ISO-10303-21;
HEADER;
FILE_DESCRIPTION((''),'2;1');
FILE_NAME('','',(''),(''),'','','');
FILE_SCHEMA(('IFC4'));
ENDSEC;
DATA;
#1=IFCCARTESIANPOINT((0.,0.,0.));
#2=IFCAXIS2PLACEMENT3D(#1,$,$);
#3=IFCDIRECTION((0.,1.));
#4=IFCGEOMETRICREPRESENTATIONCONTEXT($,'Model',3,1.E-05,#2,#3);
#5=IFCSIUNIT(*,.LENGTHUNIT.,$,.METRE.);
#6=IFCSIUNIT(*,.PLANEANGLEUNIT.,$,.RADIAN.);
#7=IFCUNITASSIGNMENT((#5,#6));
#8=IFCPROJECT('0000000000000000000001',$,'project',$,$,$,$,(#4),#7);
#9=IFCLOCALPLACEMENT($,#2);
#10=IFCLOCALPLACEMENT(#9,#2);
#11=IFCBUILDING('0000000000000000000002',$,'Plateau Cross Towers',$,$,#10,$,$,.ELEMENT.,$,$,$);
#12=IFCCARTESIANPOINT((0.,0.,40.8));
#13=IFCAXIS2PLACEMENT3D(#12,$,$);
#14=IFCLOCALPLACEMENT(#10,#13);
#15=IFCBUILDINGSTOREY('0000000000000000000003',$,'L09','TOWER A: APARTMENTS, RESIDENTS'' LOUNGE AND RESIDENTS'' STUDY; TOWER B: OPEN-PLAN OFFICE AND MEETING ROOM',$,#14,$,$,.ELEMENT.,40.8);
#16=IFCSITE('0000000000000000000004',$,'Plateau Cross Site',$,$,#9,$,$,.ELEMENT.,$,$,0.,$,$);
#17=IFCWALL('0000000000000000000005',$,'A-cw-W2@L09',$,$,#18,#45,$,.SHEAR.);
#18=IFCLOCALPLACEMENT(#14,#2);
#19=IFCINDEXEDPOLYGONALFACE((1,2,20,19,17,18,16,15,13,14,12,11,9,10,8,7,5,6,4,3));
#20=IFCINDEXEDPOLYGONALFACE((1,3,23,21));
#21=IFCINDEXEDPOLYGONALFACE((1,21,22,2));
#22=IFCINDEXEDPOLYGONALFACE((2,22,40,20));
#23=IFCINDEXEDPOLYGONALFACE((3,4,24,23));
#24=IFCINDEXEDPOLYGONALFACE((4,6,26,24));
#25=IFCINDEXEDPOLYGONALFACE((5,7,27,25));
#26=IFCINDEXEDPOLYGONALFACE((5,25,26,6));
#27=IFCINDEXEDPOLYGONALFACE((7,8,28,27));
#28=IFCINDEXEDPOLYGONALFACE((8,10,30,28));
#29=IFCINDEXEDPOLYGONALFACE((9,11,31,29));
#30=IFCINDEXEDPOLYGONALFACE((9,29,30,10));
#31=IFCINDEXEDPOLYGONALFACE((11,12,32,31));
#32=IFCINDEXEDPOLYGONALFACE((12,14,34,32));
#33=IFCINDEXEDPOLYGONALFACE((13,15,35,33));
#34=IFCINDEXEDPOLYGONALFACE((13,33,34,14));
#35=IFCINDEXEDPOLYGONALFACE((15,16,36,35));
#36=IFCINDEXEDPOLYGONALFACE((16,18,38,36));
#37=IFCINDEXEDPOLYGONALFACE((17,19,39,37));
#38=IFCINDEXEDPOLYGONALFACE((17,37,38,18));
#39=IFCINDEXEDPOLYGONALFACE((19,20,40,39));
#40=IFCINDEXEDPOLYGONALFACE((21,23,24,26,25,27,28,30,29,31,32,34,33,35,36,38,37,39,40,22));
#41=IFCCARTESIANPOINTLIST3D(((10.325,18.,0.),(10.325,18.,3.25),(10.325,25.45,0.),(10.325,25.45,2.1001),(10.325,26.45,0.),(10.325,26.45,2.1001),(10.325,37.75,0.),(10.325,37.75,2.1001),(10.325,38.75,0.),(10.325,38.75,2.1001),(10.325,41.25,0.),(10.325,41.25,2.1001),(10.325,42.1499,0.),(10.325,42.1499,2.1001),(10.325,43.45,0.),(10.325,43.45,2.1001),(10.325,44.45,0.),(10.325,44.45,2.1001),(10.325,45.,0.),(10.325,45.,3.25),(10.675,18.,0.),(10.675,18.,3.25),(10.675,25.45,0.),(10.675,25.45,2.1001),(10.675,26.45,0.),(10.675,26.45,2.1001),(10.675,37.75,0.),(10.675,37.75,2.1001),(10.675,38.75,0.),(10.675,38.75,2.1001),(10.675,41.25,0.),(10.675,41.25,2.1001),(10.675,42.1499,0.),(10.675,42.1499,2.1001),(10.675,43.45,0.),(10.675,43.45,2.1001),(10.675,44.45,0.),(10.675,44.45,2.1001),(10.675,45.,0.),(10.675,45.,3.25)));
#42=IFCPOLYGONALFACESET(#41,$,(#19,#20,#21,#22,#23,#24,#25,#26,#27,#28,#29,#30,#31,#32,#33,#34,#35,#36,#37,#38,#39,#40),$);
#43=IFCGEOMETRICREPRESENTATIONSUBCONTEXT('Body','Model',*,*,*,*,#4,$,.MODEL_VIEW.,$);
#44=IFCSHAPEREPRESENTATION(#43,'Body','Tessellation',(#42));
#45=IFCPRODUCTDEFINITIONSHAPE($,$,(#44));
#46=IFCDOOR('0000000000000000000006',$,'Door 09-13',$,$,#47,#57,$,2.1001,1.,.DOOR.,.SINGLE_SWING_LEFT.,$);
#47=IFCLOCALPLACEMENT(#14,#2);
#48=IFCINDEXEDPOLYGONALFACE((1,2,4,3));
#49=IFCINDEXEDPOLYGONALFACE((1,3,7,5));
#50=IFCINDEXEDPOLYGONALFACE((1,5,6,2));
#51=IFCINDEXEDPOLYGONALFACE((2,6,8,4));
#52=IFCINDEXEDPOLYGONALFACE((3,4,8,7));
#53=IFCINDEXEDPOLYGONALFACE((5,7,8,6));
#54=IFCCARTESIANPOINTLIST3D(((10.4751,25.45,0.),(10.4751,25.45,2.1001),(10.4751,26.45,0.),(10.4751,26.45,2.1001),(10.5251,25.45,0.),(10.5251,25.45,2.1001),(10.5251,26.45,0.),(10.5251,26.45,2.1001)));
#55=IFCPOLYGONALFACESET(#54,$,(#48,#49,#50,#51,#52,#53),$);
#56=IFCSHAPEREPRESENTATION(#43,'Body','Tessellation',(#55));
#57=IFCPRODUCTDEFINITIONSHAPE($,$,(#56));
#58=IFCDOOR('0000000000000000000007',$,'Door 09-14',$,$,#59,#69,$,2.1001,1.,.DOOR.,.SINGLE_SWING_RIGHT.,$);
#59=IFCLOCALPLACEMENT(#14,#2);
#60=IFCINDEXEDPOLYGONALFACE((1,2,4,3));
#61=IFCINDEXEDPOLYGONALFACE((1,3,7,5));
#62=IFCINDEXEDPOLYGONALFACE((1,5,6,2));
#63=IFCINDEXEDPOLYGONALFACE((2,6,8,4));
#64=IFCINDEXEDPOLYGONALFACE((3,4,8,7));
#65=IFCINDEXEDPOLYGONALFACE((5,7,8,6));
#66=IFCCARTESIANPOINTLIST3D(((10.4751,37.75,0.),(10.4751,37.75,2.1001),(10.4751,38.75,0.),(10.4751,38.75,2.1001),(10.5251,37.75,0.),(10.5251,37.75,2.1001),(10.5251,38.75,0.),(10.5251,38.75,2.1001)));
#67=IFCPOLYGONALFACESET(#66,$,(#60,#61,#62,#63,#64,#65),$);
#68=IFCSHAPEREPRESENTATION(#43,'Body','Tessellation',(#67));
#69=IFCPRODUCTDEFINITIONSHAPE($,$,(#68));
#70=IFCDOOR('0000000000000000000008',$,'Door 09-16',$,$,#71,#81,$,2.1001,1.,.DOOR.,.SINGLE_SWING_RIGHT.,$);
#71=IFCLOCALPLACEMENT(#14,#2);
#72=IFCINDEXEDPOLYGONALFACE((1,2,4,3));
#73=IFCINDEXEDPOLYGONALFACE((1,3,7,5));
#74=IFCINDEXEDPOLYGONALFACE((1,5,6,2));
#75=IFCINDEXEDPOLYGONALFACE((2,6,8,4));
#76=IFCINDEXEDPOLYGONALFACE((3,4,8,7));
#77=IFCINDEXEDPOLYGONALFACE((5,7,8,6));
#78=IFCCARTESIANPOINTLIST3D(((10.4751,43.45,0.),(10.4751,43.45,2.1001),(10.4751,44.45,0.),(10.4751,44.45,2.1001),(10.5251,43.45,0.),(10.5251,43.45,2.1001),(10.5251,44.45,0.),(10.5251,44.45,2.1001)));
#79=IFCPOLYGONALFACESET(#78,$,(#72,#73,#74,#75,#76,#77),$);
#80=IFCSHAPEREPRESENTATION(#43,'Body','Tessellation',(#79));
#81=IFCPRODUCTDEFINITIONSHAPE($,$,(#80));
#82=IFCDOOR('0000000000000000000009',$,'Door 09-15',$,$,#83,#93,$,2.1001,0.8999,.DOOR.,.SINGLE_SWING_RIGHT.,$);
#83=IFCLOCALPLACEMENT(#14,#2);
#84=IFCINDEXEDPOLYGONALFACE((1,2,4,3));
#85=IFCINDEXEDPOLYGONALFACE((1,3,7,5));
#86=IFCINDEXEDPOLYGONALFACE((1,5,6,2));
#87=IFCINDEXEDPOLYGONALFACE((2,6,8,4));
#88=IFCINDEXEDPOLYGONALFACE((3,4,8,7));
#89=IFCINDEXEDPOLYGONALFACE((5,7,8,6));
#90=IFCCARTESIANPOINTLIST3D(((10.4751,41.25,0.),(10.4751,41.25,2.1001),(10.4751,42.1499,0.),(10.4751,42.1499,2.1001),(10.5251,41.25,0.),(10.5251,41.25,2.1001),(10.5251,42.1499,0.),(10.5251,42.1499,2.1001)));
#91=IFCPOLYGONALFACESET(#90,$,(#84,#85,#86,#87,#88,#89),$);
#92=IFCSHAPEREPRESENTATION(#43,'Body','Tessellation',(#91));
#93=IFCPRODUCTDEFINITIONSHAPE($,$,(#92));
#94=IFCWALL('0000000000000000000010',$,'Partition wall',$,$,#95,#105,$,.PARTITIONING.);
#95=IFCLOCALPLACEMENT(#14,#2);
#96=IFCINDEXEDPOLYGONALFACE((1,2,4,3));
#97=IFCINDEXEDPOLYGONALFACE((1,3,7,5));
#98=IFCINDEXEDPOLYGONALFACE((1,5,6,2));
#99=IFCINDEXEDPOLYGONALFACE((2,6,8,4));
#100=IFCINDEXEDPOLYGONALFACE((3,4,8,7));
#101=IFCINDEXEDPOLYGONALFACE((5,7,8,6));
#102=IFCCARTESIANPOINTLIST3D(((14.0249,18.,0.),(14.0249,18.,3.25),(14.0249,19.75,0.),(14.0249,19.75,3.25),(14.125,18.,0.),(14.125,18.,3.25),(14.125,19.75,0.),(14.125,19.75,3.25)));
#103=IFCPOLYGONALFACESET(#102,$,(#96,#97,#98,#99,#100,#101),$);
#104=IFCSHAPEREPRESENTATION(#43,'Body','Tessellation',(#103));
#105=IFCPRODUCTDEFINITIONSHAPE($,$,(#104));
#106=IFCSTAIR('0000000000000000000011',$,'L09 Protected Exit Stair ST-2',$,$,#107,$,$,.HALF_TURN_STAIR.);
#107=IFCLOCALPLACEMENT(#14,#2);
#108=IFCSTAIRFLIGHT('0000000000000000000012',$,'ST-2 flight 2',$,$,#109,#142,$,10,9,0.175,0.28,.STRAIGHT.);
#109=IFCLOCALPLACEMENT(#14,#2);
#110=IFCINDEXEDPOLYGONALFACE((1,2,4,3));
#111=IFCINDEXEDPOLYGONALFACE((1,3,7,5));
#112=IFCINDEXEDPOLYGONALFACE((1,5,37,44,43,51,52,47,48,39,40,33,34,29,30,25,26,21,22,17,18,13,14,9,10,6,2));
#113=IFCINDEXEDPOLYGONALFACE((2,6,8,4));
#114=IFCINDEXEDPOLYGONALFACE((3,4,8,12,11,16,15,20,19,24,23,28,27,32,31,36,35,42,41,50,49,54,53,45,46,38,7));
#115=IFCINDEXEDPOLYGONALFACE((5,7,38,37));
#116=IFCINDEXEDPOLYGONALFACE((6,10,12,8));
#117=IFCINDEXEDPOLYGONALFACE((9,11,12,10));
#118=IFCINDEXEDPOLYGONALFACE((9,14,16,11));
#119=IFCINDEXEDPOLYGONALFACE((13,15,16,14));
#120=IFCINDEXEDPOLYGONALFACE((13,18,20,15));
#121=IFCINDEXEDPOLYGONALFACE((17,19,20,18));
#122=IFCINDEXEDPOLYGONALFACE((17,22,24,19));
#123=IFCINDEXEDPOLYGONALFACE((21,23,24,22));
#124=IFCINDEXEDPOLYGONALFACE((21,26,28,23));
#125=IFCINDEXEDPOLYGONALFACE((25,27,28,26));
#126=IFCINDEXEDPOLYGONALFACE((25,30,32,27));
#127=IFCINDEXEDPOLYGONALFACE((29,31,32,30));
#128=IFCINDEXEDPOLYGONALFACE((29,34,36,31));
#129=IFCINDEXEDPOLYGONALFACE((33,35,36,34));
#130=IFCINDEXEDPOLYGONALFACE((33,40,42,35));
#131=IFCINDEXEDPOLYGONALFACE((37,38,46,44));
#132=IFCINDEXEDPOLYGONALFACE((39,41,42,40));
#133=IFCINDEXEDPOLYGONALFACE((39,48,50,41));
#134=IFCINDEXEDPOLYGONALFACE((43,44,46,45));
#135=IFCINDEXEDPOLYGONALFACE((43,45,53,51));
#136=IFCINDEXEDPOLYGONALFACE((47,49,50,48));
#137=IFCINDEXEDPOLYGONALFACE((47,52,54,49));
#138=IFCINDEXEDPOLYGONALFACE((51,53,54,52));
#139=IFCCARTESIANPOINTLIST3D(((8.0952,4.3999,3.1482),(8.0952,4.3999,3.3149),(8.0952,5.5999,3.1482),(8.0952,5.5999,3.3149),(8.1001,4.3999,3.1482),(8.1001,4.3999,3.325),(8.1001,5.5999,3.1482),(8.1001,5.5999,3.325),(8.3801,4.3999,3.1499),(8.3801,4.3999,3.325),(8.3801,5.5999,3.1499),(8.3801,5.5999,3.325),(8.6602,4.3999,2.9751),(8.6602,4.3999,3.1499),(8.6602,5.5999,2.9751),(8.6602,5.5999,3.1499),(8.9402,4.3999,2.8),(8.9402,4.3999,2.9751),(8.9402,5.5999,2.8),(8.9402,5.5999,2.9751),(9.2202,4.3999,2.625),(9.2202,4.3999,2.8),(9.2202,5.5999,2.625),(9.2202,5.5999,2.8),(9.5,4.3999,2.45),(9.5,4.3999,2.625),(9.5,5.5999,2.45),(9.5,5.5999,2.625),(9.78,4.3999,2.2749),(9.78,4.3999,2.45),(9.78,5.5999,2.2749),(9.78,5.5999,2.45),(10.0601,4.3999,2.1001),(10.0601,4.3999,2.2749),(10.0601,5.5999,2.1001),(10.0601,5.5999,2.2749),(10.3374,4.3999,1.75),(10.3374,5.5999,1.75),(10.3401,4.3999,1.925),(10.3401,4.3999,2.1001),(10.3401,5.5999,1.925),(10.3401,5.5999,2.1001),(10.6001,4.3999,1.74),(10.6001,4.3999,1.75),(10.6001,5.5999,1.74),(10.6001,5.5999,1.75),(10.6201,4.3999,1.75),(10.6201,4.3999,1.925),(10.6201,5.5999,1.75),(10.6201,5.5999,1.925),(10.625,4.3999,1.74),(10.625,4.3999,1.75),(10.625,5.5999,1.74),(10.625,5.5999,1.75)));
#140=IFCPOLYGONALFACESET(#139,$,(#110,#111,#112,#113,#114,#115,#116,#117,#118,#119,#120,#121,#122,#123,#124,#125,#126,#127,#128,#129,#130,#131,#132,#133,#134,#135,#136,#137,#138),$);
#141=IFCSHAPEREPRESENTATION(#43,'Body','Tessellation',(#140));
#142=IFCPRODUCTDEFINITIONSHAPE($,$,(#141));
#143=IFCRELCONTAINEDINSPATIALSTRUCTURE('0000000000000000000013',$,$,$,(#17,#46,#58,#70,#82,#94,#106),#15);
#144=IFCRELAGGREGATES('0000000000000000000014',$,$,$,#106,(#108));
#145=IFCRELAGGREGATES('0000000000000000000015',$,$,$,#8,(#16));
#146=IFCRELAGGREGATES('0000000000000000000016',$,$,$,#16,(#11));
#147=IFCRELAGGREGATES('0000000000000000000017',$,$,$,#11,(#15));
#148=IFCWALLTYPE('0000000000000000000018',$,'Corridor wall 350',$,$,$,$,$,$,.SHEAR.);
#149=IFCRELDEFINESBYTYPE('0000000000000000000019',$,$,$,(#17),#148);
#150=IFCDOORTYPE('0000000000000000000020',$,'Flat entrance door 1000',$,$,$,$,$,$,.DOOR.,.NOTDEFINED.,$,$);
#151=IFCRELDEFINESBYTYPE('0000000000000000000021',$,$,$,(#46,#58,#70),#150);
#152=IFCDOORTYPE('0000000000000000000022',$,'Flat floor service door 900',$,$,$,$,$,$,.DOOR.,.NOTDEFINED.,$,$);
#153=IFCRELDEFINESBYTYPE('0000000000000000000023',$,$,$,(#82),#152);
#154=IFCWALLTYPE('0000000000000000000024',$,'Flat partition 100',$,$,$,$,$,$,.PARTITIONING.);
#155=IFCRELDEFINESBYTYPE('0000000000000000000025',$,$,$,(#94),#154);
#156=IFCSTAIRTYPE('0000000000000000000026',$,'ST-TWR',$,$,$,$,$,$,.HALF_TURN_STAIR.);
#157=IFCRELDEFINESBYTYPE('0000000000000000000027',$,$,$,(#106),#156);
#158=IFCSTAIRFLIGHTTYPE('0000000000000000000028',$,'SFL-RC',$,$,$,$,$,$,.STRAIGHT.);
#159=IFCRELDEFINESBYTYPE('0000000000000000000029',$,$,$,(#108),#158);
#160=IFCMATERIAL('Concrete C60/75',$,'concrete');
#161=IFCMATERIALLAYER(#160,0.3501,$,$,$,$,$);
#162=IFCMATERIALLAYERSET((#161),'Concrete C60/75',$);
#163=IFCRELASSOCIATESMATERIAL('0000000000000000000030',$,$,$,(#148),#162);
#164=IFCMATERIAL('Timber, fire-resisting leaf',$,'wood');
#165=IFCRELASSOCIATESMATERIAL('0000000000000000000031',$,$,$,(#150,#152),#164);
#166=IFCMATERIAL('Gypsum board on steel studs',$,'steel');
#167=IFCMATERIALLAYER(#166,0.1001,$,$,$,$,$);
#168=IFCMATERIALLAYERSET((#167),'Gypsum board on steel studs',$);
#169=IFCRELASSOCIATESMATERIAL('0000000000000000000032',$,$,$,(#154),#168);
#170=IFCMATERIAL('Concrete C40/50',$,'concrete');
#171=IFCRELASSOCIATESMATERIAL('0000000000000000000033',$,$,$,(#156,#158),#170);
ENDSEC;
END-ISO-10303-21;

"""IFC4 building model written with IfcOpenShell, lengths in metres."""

from ifc_helpers import new_model, si_unit, direction, frame, frame_2d, origin, place, context, subcontext, project, spatial, polyline, rectangle, outline, extrude, material, layer, layer_set, type_object, element, fill, aggregate, save


model = new_model("IFC4")

# Units and contexts
model_context = context("Model", 3, precision=1e-05, world=origin(), true_north=direction((0.0, 1.0)))
body_context = subcontext(model_context, "Body", "Model", "MODEL_VIEW")
ifc_project = project(units=[si_unit("LENGTHUNIT", "METRE"), si_unit("PLANEANGLEUNIT", "RADIAN")], contexts=[model_context])

# Site, building, storey
site_placement = place(None, origin())
site = spatial("IfcSite", under=ifc_project, at=site_placement, Name="Plateau Cross Site", CompositionType="ELEMENT", RefElevation=0.0)
building_placement = place(site_placement, origin())
building = spatial("IfcBuilding", under=site, at=building_placement, Name="Plateau Cross Towers", CompositionType="ELEMENT")
storey_placement = place(building_placement, frame((0.0, 0.0, 40.8)))
storey = spatial("IfcBuildingStorey", under=building, at=storey_placement, Name="L09", Description="TOWER A: APARTMENTS, RESIDENTS' LOUNGE AND RESIDENTS' STUDY; TOWER B: OPEN-PLAN OFFICE AND MEETING ROOM", CompositionType="ELEMENT", Elevation=40.8)

# Shared definitions
ifc_material_1 = material(Name="Concrete C60/75", Category="concrete")

# Shared definitions
ifc_material_2 = material(Name="Timber, fire-resisting leaf", Category="wood")

# Wall, openings, doors
ifc_layer_1 = layer(ifc_material_1, 0.3501)
ifc_layer_set_1 = layer_set([ifc_layer_1], Name="Concrete C60/75")
wall_type_1 = type_object("IfcWallType", Name="Corridor wall 350", PredefinedType="SHEAR", material=ifc_layer_set_1)
door_type_1 = type_object("IfcDoorType", Name="Flat entrance door 1000", OperationType="NOTDEFINED", PredefinedType="DOOR", material=ifc_material_2)
wall_1_placement = place(storey_placement, frame((10.5, 18.0, 0.0), z_axis=(0.0, 0.0, 1.0), x_axis=(0.0, 1.0, 0.0)))
wall_1 = element("IfcWall", 1, at=wall_1_placement, inside=storey, type_object=wall_type_1, Name="A-cw-W2@L09", PredefinedType="SHEAR", context=body_context, shape_type="SweptSolid", body=[
    extrude(rectangle(XDim=27.0, YDim=0.3501, at=frame_2d((13.5, 0.0))), origin(), (0.0, 0.0, 1.0), 3.25),
])
opening_1_placement = place(wall_1_placement, frame((7.45, 0.0, 0.0)))
opening_1 = element("IfcOpeningElement", 2, at=opening_1_placement, cuts=wall_1, PredefinedType="OPENING", context=body_context, shape_type="SweptSolid", body=[
    extrude(rectangle(XDim=1.0, YDim=2.1001, at=frame_2d((0.5, 1.05))), frame((0.0, 0.1851, 0.0), z_axis=(0.0, -1.0, 0.0), x_axis=(1.0, 0.0, 0.0)), (0.0, 0.0, 1.0), 0.3701),
])
opening_2_placement = place(wall_1_placement, frame((19.75, 0.0, 0.0)))
opening_2 = element("IfcOpeningElement", 3, at=opening_2_placement, cuts=wall_1, PredefinedType="OPENING", context=body_context, shape_type="SweptSolid", body=[
    extrude(rectangle(XDim=1.0, YDim=2.1001, at=frame_2d((0.5, 1.05))), frame((0.0, 0.1851, 0.0), z_axis=(0.0, -1.0, 0.0), x_axis=(1.0, 0.0, 0.0)), (0.0, 0.0, 1.0), 0.3701),
])
opening_3_placement = place(wall_1_placement, frame((23.25, 0.0, 0.0)))
opening_3 = element("IfcOpeningElement", 4, at=opening_3_placement, cuts=wall_1, PredefinedType="OPENING", context=body_context, shape_type="SweptSolid", body=[
    extrude(rectangle(XDim=0.8999, YDim=2.1001, at=frame_2d((0.45, 1.05))), frame((0.0, 0.1851, 0.0), z_axis=(0.0, -1.0, 0.0), x_axis=(1.0, 0.0, 0.0)), (0.0, 0.0, 1.0), 0.3701),
])
opening_4_placement = place(wall_1_placement, frame((25.45, 0.0, 0.0)))
opening_4 = element("IfcOpeningElement", 5, at=opening_4_placement, cuts=wall_1, PredefinedType="OPENING", context=body_context, shape_type="SweptSolid", body=[
    extrude(rectangle(XDim=1.0, YDim=2.1001, at=frame_2d((0.5, 1.05))), frame((0.0, 0.1851, 0.0), z_axis=(0.0, -1.0, 0.0), x_axis=(1.0, 0.0, 0.0)), (0.0, 0.0, 1.0), 0.3701),
])
door_1_placement = place(opening_1_placement, origin())
door_1 = element("IfcDoor", 6, at=door_1_placement, inside=storey, type_object=door_type_1, Name="Door 09-13", OperationType="SINGLE_SWING_LEFT", OverallHeight=2.1001, OverallWidth=1.0, PredefinedType="DOOR", context=body_context, shape_type="SweptSolid", body=[
    extrude(rectangle(XDim=1.0, YDim=2.1001, at=frame_2d((0.5, 1.05))), frame((0.0, 0.0249, 0.0), z_axis=(0.0, -1.0, 0.0), x_axis=(1.0, 0.0, 0.0)), (0.0, 0.0, 1.0), 0.05),
])
fill(opening_1, door_1)
door_2_placement = place(opening_2_placement, origin())
door_2 = element("IfcDoor", 7, at=door_2_placement, inside=storey, type_object=door_type_1, Name="Door 09-14", OperationType="SINGLE_SWING_RIGHT", OverallHeight=2.1001, OverallWidth=1.0, PredefinedType="DOOR", context=body_context, shape_type="SweptSolid", body=[
    extrude(rectangle(XDim=1.0, YDim=2.1001, at=frame_2d((0.5, 1.05))), frame((0.0, 0.0249, 0.0), z_axis=(0.0, -1.0, 0.0), x_axis=(1.0, 0.0, 0.0)), (0.0, 0.0, 1.0), 0.05),
])
fill(opening_2, door_2)
door_3_placement = place(opening_4_placement, origin())
door_3 = element("IfcDoor", 8, at=door_3_placement, inside=storey, type_object=door_type_1, Name="Door 09-16", OperationType="SINGLE_SWING_RIGHT", OverallHeight=2.1001, OverallWidth=1.0, PredefinedType="DOOR", context=body_context, shape_type="SweptSolid", body=[
    extrude(rectangle(XDim=1.0, YDim=2.1001, at=frame_2d((0.5, 1.05))), frame((0.0, 0.0249, 0.0), z_axis=(0.0, -1.0, 0.0), x_axis=(1.0, 0.0, 0.0)), (0.0, 0.0, 1.0), 0.05),
])
fill(opening_4, door_3)
door_type_2 = type_object("IfcDoorType", Name="Flat floor service door 900", OperationType="NOTDEFINED", PredefinedType="DOOR", material=ifc_material_2)
door_4_placement = place(opening_3_placement, origin())
door_4 = element("IfcDoor", 9, at=door_4_placement, inside=storey, type_object=door_type_2, Name="Door 09-15", OperationType="SINGLE_SWING_RIGHT", OverallHeight=2.1001, OverallWidth=0.8999, PredefinedType="DOOR", context=body_context, shape_type="SweptSolid", body=[
    extrude(rectangle(XDim=0.8999, YDim=2.1001, at=frame_2d((0.45, 1.05))), frame((0.0, 0.0249, 0.0), z_axis=(0.0, -1.0, 0.0), x_axis=(1.0, 0.0, 0.0)), (0.0, 0.0, 1.0), 0.05),
])
fill(opening_3, door_4)

# Wall
ifc_material_3 = material(Name="Gypsum board on steel studs", Category="steel")
ifc_layer_2 = layer(ifc_material_3, 0.1001)
ifc_layer_set_2 = layer_set([ifc_layer_2], Name="Gypsum board on steel studs")
wall_type_2 = type_object("IfcWallType", Name="Flat partition 100", PredefinedType="PARTITIONING", material=ifc_layer_set_2)
wall_2_placement = place(storey_placement, frame((14.075, 18.0, 0.0), z_axis=(0.0, 0.0, 1.0), x_axis=(0.0, 1.0, 0.0)))
element("IfcWall", 10, at=wall_2_placement, inside=storey, type_object=wall_type_2, Name="Partition wall", PredefinedType="PARTITIONING", context=body_context, shape_type="SweptSolid", body=[
    extrude(rectangle(XDim=1.75, YDim=0.1001, at=frame_2d((0.875, 0.0))), origin(), (0.0, 0.0, 1.0), 3.25),
])

# Stair, stair flight
ifc_material_4 = material(Name="Concrete C40/50", Category="concrete")
stair_type = type_object("IfcStairType", Name="ST-TWR", PredefinedType="HALF_TURN_STAIR", material=ifc_material_4)
stair_placement = place(storey_placement, origin())
stair = element("IfcStair", 11, at=stair_placement, inside=storey, type_object=stair_type, Name="L09 Protected Exit Stair ST-2", PredefinedType="HALF_TURN_STAIR")
stair_flight_type = type_object("IfcStairFlightType", Name="SFL-RC", PredefinedType="STRAIGHT", material=ifc_material_4)
stair_flight_placement = place(storey_placement, frame((10.6201, 5.0, 1.75), z_axis=(0.0, 0.0, 1.0), x_axis=(-1.0, 0.0, 0.0)))
stair_flight = element("IfcStairFlight", 12, at=stair_flight_placement, type_object=stair_flight_type, Name="ST-2 flight 2", NumberOfRisers=10, NumberOfTreads=9, PredefinedType="STRAIGHT", RiserHeight=0.175, TreadLength=0.28, context=body_context, shape_type="SweptSolid", body=[
    extrude(outline(polyline([(-0.0049, -0.01), (-0.0049, 0.0), (0.0, 0.0), (0.0, 0.175), (0.28, 0.175), (0.28, 0.3501), (0.5601, 0.3501), (0.5601, 0.5249), (0.8401, 0.5249), (0.8401, 0.7), (1.1201, 0.7), (1.1201, 0.875), (1.3999, 0.875), (1.3999, 1.05), (1.6799, 1.05), (1.6799, 1.2251), (1.96, 1.2251), (1.96, 1.3999), (2.24, 1.3999), (2.24, 1.575), (2.52, 1.575), (2.5249, 1.5649), (2.5249, 1.3982), (2.52, 1.3982), (0.2827, 0.0), (0.02, 0.0), (0.02, -0.01), (-0.0049, -0.01)])), frame((0.0, 0.6001, 0.0), z_axis=(0.0, -1.0, 0.0), x_axis=(1.0, 0.0, 0.0)), (0.0, 0.0, 1.0), 1.2),
])
aggregate(stair, [stair_flight])

save(model, "model.ifc")
